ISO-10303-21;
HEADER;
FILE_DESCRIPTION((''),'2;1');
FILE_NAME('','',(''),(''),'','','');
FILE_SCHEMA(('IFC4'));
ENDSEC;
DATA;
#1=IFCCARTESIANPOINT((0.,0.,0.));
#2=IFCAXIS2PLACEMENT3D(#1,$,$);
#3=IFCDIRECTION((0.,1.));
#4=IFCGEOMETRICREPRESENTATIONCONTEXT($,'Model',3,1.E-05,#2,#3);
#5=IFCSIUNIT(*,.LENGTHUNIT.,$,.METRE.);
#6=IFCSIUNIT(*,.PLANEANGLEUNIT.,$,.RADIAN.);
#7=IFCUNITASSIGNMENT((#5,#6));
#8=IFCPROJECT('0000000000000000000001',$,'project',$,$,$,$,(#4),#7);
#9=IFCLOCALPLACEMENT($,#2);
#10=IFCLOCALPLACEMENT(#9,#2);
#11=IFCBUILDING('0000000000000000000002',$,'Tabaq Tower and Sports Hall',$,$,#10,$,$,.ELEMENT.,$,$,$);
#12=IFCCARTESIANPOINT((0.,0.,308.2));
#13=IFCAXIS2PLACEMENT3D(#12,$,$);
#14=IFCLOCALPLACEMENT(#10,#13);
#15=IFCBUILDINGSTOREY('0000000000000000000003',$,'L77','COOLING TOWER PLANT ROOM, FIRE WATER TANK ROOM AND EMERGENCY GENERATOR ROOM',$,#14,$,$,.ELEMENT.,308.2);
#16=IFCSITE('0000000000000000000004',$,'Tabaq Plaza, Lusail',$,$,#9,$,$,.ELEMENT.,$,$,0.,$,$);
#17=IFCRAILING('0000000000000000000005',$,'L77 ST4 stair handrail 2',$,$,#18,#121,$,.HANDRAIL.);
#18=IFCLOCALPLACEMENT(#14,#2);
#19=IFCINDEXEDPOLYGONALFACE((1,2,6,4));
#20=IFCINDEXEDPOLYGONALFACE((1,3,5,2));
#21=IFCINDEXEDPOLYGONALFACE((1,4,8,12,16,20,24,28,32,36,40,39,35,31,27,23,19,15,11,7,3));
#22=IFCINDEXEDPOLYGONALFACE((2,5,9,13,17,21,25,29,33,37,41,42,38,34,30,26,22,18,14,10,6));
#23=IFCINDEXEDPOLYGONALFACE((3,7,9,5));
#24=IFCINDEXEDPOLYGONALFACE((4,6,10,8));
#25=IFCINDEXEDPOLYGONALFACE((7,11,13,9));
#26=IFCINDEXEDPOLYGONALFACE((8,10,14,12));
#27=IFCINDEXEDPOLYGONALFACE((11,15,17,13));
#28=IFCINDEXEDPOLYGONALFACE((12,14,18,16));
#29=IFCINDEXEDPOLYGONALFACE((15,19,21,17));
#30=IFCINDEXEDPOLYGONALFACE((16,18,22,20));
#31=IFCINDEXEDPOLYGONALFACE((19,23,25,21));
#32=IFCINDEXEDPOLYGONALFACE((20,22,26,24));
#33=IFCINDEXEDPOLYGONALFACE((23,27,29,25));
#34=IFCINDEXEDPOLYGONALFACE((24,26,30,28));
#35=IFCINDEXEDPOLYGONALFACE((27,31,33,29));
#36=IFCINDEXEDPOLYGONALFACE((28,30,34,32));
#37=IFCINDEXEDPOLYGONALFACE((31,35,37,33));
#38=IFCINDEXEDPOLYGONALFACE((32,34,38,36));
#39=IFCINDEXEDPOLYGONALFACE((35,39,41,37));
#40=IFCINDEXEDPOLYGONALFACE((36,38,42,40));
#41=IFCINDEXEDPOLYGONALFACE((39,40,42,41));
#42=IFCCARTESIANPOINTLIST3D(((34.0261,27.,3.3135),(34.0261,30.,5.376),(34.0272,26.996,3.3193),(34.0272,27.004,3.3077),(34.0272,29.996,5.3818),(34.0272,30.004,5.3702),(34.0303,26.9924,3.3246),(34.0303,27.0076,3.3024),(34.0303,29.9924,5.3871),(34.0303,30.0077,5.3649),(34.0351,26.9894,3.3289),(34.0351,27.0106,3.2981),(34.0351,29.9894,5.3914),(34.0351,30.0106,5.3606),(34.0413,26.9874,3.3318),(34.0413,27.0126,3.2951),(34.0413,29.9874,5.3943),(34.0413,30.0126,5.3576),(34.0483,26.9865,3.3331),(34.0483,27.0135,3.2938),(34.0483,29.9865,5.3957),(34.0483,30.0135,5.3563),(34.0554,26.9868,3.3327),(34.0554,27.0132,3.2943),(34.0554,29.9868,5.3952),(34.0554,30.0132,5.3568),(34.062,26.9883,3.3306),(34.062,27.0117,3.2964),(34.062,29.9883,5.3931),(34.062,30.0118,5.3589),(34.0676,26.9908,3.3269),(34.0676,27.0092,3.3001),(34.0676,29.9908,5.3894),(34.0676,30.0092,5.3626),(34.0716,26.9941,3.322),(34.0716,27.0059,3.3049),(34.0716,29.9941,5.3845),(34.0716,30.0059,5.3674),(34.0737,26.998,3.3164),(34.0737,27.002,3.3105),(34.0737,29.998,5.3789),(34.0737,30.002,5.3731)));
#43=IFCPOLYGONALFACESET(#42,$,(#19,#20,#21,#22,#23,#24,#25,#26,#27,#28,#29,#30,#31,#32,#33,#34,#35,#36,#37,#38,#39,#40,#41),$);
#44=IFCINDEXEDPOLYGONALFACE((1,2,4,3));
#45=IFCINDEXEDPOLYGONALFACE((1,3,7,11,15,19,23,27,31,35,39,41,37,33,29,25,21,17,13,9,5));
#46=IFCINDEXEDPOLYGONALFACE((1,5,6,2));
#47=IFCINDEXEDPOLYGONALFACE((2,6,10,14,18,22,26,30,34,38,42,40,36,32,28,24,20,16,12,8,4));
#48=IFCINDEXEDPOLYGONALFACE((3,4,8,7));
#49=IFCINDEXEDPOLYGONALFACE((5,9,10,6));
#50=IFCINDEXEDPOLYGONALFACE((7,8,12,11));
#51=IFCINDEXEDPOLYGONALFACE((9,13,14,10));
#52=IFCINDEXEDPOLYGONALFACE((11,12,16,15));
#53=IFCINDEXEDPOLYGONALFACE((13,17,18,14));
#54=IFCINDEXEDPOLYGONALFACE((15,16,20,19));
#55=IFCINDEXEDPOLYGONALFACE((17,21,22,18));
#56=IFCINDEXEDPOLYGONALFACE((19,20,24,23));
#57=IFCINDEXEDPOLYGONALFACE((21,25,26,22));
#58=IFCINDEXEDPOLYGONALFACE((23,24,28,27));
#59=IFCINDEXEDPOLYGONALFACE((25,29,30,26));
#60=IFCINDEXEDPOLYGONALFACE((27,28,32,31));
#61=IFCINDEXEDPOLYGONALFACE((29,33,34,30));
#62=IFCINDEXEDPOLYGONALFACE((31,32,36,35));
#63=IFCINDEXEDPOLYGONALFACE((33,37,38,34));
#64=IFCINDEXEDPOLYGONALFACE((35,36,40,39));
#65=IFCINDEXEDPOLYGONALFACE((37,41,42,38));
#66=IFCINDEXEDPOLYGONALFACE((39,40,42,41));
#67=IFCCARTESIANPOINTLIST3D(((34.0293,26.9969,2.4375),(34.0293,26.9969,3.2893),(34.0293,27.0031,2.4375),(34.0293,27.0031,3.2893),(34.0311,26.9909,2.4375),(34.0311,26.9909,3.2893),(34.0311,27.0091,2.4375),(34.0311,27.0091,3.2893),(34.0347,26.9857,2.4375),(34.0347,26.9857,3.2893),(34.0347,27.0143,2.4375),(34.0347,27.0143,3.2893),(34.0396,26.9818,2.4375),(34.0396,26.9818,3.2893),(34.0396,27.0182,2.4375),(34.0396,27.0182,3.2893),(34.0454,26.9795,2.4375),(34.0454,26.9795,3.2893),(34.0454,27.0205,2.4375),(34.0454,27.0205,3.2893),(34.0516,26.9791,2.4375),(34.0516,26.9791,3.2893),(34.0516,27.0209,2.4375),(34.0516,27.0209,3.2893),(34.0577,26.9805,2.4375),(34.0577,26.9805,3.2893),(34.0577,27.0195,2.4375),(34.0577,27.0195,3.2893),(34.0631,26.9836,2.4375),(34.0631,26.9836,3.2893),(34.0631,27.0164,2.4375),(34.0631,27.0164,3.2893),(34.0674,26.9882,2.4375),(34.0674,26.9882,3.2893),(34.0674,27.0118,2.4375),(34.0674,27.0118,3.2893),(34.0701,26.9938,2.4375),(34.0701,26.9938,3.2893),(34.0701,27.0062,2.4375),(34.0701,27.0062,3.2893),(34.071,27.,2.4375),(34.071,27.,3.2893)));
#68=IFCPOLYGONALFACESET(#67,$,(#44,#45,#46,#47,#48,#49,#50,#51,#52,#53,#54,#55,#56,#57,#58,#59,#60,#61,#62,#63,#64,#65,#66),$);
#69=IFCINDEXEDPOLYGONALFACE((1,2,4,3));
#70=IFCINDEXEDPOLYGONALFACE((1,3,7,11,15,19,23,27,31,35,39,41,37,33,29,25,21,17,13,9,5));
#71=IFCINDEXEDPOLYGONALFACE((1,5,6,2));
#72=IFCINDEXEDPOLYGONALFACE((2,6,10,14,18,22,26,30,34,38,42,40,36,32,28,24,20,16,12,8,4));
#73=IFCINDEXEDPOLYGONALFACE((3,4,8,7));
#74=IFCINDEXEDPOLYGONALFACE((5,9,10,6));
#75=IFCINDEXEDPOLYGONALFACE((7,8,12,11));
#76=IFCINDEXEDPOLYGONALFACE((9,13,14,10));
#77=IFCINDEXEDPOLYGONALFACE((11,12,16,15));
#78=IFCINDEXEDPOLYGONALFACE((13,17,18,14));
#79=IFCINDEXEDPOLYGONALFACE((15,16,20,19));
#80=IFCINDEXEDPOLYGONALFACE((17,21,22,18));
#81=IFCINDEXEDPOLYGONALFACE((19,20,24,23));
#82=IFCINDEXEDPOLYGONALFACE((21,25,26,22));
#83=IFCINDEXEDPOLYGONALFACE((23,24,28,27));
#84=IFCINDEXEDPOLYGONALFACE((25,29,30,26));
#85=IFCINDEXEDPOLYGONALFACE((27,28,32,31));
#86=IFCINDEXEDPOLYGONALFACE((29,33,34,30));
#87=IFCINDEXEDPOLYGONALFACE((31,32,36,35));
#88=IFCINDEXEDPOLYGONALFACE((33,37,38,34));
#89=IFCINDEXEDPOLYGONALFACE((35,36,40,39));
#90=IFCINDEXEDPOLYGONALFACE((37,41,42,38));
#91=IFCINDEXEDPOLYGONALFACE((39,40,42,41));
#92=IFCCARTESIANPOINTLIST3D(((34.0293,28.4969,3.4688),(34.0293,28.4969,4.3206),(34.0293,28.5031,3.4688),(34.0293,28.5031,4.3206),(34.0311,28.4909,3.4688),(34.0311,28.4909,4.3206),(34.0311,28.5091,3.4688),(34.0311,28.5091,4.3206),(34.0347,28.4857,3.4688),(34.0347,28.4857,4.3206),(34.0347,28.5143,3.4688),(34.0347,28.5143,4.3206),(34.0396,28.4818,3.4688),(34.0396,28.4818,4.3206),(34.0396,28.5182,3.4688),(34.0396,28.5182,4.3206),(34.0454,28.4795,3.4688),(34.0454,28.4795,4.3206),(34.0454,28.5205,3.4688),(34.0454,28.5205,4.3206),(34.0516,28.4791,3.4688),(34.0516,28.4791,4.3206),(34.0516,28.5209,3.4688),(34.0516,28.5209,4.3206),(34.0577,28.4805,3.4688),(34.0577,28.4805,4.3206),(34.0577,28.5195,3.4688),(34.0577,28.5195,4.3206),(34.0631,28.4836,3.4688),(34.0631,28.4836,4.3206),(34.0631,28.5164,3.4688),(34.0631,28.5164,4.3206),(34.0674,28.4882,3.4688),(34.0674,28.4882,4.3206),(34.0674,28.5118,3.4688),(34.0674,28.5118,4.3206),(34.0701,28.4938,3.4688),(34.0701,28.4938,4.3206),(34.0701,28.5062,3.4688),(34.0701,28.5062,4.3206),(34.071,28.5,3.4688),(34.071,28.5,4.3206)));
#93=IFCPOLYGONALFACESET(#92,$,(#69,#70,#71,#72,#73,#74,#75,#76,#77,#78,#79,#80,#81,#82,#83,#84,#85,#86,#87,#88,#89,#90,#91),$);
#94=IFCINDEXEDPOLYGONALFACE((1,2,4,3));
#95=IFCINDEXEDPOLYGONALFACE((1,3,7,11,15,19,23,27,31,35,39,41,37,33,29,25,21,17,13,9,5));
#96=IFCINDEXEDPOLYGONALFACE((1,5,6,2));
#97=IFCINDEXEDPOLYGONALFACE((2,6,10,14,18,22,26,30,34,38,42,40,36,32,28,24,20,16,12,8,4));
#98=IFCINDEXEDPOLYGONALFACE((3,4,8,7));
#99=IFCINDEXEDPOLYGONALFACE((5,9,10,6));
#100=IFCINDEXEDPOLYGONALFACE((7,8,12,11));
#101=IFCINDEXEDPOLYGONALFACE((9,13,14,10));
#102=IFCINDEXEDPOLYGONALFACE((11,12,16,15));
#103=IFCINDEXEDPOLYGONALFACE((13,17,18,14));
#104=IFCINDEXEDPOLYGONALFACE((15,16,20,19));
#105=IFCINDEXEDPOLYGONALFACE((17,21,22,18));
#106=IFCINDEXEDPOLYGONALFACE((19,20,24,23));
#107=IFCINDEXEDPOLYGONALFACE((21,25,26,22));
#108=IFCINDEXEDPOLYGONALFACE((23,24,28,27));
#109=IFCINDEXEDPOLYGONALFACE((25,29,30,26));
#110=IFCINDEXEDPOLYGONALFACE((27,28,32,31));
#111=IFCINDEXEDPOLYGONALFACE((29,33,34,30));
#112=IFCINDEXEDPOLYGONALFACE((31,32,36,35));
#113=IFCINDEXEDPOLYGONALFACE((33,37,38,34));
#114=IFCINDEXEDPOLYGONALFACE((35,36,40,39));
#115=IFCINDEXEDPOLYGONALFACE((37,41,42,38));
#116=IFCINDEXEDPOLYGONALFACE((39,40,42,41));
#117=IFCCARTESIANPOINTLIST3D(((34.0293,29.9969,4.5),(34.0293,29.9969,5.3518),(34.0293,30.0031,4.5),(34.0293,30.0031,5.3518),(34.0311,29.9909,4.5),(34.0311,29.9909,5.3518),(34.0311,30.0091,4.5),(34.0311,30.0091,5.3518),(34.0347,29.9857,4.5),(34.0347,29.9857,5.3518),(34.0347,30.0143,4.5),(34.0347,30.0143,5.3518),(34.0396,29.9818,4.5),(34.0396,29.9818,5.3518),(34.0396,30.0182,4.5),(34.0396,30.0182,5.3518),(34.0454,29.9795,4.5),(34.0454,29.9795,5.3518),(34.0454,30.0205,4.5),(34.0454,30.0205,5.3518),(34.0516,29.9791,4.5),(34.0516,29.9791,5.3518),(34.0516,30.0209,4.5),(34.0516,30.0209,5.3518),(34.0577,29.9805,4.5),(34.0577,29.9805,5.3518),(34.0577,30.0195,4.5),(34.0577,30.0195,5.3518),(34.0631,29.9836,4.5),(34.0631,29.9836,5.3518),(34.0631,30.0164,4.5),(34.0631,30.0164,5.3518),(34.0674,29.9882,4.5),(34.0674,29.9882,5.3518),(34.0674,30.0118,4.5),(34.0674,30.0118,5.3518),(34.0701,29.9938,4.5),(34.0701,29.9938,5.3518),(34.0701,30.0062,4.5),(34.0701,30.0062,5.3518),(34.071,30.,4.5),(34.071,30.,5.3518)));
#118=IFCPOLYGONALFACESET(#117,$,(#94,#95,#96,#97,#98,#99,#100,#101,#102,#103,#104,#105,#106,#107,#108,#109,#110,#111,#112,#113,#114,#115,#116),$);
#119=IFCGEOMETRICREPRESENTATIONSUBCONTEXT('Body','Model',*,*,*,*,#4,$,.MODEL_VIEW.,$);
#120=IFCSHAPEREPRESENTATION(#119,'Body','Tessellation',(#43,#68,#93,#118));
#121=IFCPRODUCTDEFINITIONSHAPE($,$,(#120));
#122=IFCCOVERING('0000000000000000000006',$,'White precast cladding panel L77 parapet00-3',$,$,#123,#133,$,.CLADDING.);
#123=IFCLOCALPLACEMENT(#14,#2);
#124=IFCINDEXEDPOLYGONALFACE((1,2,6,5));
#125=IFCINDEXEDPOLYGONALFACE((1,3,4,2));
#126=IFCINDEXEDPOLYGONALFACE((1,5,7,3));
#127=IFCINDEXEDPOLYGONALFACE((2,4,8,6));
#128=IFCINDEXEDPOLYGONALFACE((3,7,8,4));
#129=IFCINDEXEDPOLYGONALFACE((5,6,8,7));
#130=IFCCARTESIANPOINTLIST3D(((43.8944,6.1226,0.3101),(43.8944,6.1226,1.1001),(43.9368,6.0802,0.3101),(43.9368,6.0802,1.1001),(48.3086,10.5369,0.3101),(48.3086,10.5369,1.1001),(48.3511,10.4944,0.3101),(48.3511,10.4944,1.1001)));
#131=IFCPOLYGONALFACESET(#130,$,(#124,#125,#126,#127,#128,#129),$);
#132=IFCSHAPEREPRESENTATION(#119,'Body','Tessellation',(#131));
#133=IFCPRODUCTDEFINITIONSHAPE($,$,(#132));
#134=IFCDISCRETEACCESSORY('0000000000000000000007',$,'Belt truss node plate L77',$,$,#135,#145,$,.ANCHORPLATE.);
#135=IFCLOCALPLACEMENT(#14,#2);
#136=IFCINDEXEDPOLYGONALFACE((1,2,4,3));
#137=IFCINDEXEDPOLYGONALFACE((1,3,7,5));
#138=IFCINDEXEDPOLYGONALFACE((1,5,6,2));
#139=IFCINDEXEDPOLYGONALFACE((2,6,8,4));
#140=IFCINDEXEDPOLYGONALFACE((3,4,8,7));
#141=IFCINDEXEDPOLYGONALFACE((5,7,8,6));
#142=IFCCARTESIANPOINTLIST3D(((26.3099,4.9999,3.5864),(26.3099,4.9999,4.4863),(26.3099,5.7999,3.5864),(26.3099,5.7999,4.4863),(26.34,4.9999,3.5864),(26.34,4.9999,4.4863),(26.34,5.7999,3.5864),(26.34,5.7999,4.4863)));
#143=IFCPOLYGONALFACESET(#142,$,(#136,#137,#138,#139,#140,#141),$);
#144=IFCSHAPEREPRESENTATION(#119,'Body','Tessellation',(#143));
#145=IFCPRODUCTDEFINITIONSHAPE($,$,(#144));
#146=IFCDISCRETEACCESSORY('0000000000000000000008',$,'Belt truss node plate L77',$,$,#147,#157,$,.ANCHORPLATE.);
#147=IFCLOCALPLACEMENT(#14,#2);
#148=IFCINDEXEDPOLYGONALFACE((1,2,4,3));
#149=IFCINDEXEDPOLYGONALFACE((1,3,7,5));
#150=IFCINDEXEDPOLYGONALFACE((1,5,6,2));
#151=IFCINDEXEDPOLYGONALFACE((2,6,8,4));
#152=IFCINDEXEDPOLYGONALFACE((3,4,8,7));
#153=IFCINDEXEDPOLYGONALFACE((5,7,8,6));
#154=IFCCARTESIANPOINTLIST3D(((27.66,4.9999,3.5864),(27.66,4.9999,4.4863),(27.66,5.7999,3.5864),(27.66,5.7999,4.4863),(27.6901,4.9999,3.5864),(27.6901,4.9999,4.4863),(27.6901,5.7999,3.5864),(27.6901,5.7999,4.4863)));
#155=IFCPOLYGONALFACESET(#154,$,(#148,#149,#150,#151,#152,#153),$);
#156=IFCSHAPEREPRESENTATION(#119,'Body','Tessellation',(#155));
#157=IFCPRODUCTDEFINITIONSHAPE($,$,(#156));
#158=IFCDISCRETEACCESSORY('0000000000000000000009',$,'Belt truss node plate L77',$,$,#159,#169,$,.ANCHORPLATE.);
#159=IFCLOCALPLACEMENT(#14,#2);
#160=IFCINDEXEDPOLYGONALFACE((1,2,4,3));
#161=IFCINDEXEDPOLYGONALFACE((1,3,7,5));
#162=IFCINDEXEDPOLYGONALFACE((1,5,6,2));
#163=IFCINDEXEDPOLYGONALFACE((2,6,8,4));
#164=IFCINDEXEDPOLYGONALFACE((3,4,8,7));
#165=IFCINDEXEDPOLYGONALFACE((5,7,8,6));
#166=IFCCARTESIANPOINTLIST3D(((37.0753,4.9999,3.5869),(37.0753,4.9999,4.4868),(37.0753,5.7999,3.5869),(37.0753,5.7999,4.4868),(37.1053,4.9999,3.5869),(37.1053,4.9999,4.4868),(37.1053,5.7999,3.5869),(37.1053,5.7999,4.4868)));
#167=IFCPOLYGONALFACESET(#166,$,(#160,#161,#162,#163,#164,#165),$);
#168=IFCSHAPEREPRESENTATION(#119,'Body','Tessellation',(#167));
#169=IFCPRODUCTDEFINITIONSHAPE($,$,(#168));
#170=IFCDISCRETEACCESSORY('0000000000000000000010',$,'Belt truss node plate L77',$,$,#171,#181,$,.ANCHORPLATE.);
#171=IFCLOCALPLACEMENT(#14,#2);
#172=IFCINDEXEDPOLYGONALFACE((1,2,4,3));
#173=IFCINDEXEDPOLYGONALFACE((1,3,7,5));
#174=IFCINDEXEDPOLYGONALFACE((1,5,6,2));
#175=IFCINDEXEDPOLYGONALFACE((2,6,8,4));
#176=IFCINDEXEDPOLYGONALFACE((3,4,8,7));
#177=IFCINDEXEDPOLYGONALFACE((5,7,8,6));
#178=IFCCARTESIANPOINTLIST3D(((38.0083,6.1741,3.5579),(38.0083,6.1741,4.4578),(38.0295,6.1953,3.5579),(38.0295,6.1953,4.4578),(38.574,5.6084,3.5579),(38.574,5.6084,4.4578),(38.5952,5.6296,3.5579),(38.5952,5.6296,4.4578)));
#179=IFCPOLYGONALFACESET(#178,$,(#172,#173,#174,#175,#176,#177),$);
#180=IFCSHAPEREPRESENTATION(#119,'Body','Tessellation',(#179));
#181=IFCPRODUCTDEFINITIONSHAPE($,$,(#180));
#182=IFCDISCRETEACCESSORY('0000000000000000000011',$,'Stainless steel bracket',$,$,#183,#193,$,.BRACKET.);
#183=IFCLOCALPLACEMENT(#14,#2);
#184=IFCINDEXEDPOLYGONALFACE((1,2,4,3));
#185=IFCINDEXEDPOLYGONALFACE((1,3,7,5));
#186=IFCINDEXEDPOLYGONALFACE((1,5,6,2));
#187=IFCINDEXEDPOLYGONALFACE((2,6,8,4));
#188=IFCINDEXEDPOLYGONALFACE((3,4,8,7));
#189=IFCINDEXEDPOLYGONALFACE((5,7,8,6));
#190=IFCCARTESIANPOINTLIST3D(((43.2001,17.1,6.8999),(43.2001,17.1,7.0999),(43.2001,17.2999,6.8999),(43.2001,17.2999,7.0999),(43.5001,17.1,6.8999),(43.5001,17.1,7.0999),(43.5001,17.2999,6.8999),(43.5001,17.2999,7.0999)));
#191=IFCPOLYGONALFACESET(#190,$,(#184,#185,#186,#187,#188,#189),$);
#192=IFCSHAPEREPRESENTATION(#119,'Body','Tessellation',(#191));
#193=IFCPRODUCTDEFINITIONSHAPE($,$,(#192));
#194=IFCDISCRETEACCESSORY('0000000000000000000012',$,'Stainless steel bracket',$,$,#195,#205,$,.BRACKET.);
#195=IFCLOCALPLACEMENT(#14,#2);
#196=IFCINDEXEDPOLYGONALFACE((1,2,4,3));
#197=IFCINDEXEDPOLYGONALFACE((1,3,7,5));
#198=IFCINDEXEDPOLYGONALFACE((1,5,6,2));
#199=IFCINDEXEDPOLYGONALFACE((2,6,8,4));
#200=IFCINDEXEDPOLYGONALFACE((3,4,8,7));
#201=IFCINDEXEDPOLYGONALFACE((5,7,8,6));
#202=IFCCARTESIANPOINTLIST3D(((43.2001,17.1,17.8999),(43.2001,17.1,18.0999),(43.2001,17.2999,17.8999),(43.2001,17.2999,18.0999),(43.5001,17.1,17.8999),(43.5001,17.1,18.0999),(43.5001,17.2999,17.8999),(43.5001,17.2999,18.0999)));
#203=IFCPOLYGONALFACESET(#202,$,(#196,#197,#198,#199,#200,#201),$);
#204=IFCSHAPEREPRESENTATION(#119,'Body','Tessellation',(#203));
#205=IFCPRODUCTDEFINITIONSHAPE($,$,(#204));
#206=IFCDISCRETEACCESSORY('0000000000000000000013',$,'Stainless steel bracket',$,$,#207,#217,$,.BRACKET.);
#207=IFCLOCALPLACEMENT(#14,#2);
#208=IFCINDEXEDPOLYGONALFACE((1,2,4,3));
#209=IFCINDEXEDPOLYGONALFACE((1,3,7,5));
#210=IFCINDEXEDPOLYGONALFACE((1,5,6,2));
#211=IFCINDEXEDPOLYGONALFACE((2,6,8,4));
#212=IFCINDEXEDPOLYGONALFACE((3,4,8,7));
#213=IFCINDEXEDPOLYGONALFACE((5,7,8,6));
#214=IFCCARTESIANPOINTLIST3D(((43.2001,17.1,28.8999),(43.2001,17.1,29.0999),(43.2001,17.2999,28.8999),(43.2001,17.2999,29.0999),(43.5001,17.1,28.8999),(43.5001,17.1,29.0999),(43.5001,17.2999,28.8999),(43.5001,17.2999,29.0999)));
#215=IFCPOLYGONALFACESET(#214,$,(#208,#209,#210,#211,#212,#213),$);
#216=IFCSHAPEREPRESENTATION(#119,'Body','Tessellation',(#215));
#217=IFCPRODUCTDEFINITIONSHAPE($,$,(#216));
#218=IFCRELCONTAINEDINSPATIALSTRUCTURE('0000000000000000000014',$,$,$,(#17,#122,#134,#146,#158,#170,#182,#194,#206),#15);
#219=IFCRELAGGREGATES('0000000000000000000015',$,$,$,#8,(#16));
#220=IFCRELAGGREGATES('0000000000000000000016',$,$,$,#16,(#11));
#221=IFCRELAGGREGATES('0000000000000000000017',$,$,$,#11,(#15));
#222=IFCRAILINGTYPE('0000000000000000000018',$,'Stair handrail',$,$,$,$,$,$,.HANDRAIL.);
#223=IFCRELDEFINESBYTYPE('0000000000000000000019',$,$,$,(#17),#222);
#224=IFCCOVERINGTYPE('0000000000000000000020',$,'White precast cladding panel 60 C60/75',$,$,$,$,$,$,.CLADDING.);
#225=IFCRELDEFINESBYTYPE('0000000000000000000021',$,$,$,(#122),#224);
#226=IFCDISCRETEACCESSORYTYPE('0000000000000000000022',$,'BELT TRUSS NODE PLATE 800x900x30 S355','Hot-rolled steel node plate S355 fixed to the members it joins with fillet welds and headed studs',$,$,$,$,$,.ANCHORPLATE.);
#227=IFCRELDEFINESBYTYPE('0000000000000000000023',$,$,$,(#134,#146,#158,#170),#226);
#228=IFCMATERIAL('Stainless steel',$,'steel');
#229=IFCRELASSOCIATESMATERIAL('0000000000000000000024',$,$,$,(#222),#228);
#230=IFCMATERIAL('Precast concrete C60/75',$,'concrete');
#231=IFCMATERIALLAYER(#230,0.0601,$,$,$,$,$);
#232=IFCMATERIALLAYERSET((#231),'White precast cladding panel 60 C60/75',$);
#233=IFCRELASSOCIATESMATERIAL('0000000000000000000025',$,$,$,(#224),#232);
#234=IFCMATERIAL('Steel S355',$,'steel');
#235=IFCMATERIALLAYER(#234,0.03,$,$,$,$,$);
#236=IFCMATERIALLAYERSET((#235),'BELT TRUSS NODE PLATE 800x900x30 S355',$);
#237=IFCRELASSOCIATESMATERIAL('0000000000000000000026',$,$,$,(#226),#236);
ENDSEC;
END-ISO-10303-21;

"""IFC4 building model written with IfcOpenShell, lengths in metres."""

from ifc_helpers import new_model, si_unit, direction, frame, frame_2d, origin, origin_2d, place, context, subcontext, project, spatial, rectangle, circle, extrude, material, layer, layer_set, type_object, element, save


model = new_model("IFC4")

# Units and contexts
model_context = context("Model", 3, precision=1e-05, world=origin(), true_north=direction((0.0, 1.0)))
body_context = subcontext(model_context, "Body", "Model", "MODEL_VIEW")
ifc_project = project(units=[si_unit("LENGTHUNIT", "METRE"), si_unit("PLANEANGLEUNIT", "RADIAN")], contexts=[model_context])

# Site, building, storey
site_placement = place(None, origin())
site = spatial("IfcSite", under=ifc_project, at=site_placement, Name="Tabaq Plaza, Lusail", CompositionType="ELEMENT", RefElevation=0.0)
building_placement = place(site_placement, origin())
building = spatial("IfcBuilding", under=site, at=building_placement, Name="Tabaq Tower and Sports Hall", CompositionType="ELEMENT")
storey_placement = place(building_placement, frame((0.0, 0.0, 308.2)))
storey = spatial("IfcBuildingStorey", under=building, at=storey_placement, Name="L77", Description="COOLING TOWER PLANT ROOM, FIRE WATER TANK ROOM AND EMERGENCY GENERATOR ROOM", CompositionType="ELEMENT", Elevation=308.2)

# Railing
ifc_material_1 = material(Name="Stainless steel", Category="steel")
railing_type = type_object("IfcRailingType", Name="Stair handrail", PredefinedType="HANDRAIL", material=ifc_material_1)
railing_1_placement = place(storey_placement, frame((34.05, 27.0, 2.4375)))
element("IfcRailing", 1, at=railing_1_placement, inside=storey, type_object=railing_type, Name="L77 ST4 stair handrail 2", PredefinedType="HANDRAIL", context=body_context, shape_type="SweptSolid", body=[
    extrude(circle(Radius=0.0239, at=origin_2d()), frame((0.0, 0.0, 0.876), z_axis=(0.0, 0.824042, 0.566529), x_axis=(-1.0, 0.0, 0.0)), (0.0, 0.0, 1.0), 3.6406),
    extrude(circle(Radius=0.021, at=origin_2d()), origin(), (0.0, 0.0, 1.0), 0.8518),
    extrude(circle(Radius=0.021, at=origin_2d()), frame((0.0, 1.5, 1.0312)), (0.0, 0.0, 1.0), 0.8518),
    extrude(circle(Radius=0.021, at=origin_2d()), frame((0.0, 3.0, 2.0625)), (0.0, 0.0, 1.0), 0.8518),
])

# Covering
ifc_material_2 = material(Name="Precast concrete C60/75", Category="concrete")
ifc_layer_1 = layer(ifc_material_2, 0.0601)
ifc_layer_set_1 = layer_set([ifc_layer_1], Name="White precast cladding panel 60 C60/75")
covering_type = type_object("IfcCoveringType", Name="White precast cladding panel 60 C60/75", PredefinedType="CLADDING", material=ifc_layer_set_1)
covering_placement = place(storey_placement, frame((48.3298, 10.5156, 0.3101), z_axis=(0.0, 0.0, 1.0), x_axis=(-0.707107, -0.707107, 0.0)))
element("IfcCovering", 2, at=covering_placement, inside=storey, type_object=covering_type, Name="White precast cladding panel L77 parapet00-3", PredefinedType="CLADDING", context=body_context, shape_type="SweptSolid", body=[
    extrude(rectangle(XDim=6.2427, YDim=0.0601, at=frame_2d((3.1213, 0.0))), origin(), (0.0, 0.0, 1.0), 0.79),
])

# Discrete accessories
ifc_material_3 = material(Name="Steel S355", Category="steel")
ifc_layer_2 = layer(ifc_material_3, 0.03)
ifc_layer_set_2 = layer_set([ifc_layer_2], Name="BELT TRUSS NODE PLATE 800x900x30 S355")
discrete_accessory_type = type_object("IfcDiscreteAccessoryType", Name="BELT TRUSS NODE PLATE 800x900x30 S355", Description="Hot-rolled steel node plate S355 fixed to the members it joins with fillet welds and headed studs", PredefinedType="ANCHORPLATE", material=ifc_layer_set_2)
for number, where, z_axis, x_axis, name in (
    (3, (26.325, 5.3999, 3.5864), (0.0, 0.0, 1.0), (1.0, 0.0, 0.0), "Belt truss node plate L77"),
    (4, (27.675, 5.3999, 3.5864), (0.0, 0.0, 1.0), (1.0, 0.0, 0.0), "Belt truss node plate L77"),
    (5, (37.0903, 5.3999, 3.5869), (0.0, 0.0, 1.0), (1.0, 0.0, 0.0), "Belt truss node plate L77"),
    (6, (38.3018, 5.9019, 3.5579), (0.0, 0.0, 1.0), (0.707107, 0.707107, 0.0), "Belt truss node plate L77"),
):
    element("IfcDiscreteAccessory", number, at=place(storey_placement, frame(where, z_axis=z_axis, x_axis=x_axis)), inside=storey, type_object=discrete_accessory_type, Name=name, PredefinedType="ANCHORPLATE", context=body_context, shape_type="SweptSolid", body=[
        extrude(rectangle(XDim=0.03, YDim=0.8, at=origin_2d()), origin(), (0.0, 0.0, 1.0), 0.8999),
    ])
for number, where, z_axis, x_axis, name in (
    (7, (43.3501, 17.2, 6.8999), (0.0, 0.0, 1.0), (0.0, 1.0, 0.0), "Stainless steel bracket"),
    (8, (43.3501, 17.2, 17.8999), (0.0, 0.0, 1.0), (0.0, 1.0, 0.0), "Stainless steel bracket"),
    (9, (43.3501, 17.2, 28.8999), (0.0, 0.0, 1.0), (0.0, 1.0, 0.0), "Stainless steel bracket"),
):
    element("IfcDiscreteAccessory", number, at=place(storey_placement, frame(where, z_axis=z_axis, x_axis=x_axis)), inside=storey, Name=name, PredefinedType="BRACKET", context=body_context, shape_type="SweptSolid", body=[
        extrude(rectangle(XDim=0.2, YDim=0.3, at=origin_2d()), origin(), (0.0, 0.0, 1.0), 0.2),
    ])

save(model, "model.ifc")
